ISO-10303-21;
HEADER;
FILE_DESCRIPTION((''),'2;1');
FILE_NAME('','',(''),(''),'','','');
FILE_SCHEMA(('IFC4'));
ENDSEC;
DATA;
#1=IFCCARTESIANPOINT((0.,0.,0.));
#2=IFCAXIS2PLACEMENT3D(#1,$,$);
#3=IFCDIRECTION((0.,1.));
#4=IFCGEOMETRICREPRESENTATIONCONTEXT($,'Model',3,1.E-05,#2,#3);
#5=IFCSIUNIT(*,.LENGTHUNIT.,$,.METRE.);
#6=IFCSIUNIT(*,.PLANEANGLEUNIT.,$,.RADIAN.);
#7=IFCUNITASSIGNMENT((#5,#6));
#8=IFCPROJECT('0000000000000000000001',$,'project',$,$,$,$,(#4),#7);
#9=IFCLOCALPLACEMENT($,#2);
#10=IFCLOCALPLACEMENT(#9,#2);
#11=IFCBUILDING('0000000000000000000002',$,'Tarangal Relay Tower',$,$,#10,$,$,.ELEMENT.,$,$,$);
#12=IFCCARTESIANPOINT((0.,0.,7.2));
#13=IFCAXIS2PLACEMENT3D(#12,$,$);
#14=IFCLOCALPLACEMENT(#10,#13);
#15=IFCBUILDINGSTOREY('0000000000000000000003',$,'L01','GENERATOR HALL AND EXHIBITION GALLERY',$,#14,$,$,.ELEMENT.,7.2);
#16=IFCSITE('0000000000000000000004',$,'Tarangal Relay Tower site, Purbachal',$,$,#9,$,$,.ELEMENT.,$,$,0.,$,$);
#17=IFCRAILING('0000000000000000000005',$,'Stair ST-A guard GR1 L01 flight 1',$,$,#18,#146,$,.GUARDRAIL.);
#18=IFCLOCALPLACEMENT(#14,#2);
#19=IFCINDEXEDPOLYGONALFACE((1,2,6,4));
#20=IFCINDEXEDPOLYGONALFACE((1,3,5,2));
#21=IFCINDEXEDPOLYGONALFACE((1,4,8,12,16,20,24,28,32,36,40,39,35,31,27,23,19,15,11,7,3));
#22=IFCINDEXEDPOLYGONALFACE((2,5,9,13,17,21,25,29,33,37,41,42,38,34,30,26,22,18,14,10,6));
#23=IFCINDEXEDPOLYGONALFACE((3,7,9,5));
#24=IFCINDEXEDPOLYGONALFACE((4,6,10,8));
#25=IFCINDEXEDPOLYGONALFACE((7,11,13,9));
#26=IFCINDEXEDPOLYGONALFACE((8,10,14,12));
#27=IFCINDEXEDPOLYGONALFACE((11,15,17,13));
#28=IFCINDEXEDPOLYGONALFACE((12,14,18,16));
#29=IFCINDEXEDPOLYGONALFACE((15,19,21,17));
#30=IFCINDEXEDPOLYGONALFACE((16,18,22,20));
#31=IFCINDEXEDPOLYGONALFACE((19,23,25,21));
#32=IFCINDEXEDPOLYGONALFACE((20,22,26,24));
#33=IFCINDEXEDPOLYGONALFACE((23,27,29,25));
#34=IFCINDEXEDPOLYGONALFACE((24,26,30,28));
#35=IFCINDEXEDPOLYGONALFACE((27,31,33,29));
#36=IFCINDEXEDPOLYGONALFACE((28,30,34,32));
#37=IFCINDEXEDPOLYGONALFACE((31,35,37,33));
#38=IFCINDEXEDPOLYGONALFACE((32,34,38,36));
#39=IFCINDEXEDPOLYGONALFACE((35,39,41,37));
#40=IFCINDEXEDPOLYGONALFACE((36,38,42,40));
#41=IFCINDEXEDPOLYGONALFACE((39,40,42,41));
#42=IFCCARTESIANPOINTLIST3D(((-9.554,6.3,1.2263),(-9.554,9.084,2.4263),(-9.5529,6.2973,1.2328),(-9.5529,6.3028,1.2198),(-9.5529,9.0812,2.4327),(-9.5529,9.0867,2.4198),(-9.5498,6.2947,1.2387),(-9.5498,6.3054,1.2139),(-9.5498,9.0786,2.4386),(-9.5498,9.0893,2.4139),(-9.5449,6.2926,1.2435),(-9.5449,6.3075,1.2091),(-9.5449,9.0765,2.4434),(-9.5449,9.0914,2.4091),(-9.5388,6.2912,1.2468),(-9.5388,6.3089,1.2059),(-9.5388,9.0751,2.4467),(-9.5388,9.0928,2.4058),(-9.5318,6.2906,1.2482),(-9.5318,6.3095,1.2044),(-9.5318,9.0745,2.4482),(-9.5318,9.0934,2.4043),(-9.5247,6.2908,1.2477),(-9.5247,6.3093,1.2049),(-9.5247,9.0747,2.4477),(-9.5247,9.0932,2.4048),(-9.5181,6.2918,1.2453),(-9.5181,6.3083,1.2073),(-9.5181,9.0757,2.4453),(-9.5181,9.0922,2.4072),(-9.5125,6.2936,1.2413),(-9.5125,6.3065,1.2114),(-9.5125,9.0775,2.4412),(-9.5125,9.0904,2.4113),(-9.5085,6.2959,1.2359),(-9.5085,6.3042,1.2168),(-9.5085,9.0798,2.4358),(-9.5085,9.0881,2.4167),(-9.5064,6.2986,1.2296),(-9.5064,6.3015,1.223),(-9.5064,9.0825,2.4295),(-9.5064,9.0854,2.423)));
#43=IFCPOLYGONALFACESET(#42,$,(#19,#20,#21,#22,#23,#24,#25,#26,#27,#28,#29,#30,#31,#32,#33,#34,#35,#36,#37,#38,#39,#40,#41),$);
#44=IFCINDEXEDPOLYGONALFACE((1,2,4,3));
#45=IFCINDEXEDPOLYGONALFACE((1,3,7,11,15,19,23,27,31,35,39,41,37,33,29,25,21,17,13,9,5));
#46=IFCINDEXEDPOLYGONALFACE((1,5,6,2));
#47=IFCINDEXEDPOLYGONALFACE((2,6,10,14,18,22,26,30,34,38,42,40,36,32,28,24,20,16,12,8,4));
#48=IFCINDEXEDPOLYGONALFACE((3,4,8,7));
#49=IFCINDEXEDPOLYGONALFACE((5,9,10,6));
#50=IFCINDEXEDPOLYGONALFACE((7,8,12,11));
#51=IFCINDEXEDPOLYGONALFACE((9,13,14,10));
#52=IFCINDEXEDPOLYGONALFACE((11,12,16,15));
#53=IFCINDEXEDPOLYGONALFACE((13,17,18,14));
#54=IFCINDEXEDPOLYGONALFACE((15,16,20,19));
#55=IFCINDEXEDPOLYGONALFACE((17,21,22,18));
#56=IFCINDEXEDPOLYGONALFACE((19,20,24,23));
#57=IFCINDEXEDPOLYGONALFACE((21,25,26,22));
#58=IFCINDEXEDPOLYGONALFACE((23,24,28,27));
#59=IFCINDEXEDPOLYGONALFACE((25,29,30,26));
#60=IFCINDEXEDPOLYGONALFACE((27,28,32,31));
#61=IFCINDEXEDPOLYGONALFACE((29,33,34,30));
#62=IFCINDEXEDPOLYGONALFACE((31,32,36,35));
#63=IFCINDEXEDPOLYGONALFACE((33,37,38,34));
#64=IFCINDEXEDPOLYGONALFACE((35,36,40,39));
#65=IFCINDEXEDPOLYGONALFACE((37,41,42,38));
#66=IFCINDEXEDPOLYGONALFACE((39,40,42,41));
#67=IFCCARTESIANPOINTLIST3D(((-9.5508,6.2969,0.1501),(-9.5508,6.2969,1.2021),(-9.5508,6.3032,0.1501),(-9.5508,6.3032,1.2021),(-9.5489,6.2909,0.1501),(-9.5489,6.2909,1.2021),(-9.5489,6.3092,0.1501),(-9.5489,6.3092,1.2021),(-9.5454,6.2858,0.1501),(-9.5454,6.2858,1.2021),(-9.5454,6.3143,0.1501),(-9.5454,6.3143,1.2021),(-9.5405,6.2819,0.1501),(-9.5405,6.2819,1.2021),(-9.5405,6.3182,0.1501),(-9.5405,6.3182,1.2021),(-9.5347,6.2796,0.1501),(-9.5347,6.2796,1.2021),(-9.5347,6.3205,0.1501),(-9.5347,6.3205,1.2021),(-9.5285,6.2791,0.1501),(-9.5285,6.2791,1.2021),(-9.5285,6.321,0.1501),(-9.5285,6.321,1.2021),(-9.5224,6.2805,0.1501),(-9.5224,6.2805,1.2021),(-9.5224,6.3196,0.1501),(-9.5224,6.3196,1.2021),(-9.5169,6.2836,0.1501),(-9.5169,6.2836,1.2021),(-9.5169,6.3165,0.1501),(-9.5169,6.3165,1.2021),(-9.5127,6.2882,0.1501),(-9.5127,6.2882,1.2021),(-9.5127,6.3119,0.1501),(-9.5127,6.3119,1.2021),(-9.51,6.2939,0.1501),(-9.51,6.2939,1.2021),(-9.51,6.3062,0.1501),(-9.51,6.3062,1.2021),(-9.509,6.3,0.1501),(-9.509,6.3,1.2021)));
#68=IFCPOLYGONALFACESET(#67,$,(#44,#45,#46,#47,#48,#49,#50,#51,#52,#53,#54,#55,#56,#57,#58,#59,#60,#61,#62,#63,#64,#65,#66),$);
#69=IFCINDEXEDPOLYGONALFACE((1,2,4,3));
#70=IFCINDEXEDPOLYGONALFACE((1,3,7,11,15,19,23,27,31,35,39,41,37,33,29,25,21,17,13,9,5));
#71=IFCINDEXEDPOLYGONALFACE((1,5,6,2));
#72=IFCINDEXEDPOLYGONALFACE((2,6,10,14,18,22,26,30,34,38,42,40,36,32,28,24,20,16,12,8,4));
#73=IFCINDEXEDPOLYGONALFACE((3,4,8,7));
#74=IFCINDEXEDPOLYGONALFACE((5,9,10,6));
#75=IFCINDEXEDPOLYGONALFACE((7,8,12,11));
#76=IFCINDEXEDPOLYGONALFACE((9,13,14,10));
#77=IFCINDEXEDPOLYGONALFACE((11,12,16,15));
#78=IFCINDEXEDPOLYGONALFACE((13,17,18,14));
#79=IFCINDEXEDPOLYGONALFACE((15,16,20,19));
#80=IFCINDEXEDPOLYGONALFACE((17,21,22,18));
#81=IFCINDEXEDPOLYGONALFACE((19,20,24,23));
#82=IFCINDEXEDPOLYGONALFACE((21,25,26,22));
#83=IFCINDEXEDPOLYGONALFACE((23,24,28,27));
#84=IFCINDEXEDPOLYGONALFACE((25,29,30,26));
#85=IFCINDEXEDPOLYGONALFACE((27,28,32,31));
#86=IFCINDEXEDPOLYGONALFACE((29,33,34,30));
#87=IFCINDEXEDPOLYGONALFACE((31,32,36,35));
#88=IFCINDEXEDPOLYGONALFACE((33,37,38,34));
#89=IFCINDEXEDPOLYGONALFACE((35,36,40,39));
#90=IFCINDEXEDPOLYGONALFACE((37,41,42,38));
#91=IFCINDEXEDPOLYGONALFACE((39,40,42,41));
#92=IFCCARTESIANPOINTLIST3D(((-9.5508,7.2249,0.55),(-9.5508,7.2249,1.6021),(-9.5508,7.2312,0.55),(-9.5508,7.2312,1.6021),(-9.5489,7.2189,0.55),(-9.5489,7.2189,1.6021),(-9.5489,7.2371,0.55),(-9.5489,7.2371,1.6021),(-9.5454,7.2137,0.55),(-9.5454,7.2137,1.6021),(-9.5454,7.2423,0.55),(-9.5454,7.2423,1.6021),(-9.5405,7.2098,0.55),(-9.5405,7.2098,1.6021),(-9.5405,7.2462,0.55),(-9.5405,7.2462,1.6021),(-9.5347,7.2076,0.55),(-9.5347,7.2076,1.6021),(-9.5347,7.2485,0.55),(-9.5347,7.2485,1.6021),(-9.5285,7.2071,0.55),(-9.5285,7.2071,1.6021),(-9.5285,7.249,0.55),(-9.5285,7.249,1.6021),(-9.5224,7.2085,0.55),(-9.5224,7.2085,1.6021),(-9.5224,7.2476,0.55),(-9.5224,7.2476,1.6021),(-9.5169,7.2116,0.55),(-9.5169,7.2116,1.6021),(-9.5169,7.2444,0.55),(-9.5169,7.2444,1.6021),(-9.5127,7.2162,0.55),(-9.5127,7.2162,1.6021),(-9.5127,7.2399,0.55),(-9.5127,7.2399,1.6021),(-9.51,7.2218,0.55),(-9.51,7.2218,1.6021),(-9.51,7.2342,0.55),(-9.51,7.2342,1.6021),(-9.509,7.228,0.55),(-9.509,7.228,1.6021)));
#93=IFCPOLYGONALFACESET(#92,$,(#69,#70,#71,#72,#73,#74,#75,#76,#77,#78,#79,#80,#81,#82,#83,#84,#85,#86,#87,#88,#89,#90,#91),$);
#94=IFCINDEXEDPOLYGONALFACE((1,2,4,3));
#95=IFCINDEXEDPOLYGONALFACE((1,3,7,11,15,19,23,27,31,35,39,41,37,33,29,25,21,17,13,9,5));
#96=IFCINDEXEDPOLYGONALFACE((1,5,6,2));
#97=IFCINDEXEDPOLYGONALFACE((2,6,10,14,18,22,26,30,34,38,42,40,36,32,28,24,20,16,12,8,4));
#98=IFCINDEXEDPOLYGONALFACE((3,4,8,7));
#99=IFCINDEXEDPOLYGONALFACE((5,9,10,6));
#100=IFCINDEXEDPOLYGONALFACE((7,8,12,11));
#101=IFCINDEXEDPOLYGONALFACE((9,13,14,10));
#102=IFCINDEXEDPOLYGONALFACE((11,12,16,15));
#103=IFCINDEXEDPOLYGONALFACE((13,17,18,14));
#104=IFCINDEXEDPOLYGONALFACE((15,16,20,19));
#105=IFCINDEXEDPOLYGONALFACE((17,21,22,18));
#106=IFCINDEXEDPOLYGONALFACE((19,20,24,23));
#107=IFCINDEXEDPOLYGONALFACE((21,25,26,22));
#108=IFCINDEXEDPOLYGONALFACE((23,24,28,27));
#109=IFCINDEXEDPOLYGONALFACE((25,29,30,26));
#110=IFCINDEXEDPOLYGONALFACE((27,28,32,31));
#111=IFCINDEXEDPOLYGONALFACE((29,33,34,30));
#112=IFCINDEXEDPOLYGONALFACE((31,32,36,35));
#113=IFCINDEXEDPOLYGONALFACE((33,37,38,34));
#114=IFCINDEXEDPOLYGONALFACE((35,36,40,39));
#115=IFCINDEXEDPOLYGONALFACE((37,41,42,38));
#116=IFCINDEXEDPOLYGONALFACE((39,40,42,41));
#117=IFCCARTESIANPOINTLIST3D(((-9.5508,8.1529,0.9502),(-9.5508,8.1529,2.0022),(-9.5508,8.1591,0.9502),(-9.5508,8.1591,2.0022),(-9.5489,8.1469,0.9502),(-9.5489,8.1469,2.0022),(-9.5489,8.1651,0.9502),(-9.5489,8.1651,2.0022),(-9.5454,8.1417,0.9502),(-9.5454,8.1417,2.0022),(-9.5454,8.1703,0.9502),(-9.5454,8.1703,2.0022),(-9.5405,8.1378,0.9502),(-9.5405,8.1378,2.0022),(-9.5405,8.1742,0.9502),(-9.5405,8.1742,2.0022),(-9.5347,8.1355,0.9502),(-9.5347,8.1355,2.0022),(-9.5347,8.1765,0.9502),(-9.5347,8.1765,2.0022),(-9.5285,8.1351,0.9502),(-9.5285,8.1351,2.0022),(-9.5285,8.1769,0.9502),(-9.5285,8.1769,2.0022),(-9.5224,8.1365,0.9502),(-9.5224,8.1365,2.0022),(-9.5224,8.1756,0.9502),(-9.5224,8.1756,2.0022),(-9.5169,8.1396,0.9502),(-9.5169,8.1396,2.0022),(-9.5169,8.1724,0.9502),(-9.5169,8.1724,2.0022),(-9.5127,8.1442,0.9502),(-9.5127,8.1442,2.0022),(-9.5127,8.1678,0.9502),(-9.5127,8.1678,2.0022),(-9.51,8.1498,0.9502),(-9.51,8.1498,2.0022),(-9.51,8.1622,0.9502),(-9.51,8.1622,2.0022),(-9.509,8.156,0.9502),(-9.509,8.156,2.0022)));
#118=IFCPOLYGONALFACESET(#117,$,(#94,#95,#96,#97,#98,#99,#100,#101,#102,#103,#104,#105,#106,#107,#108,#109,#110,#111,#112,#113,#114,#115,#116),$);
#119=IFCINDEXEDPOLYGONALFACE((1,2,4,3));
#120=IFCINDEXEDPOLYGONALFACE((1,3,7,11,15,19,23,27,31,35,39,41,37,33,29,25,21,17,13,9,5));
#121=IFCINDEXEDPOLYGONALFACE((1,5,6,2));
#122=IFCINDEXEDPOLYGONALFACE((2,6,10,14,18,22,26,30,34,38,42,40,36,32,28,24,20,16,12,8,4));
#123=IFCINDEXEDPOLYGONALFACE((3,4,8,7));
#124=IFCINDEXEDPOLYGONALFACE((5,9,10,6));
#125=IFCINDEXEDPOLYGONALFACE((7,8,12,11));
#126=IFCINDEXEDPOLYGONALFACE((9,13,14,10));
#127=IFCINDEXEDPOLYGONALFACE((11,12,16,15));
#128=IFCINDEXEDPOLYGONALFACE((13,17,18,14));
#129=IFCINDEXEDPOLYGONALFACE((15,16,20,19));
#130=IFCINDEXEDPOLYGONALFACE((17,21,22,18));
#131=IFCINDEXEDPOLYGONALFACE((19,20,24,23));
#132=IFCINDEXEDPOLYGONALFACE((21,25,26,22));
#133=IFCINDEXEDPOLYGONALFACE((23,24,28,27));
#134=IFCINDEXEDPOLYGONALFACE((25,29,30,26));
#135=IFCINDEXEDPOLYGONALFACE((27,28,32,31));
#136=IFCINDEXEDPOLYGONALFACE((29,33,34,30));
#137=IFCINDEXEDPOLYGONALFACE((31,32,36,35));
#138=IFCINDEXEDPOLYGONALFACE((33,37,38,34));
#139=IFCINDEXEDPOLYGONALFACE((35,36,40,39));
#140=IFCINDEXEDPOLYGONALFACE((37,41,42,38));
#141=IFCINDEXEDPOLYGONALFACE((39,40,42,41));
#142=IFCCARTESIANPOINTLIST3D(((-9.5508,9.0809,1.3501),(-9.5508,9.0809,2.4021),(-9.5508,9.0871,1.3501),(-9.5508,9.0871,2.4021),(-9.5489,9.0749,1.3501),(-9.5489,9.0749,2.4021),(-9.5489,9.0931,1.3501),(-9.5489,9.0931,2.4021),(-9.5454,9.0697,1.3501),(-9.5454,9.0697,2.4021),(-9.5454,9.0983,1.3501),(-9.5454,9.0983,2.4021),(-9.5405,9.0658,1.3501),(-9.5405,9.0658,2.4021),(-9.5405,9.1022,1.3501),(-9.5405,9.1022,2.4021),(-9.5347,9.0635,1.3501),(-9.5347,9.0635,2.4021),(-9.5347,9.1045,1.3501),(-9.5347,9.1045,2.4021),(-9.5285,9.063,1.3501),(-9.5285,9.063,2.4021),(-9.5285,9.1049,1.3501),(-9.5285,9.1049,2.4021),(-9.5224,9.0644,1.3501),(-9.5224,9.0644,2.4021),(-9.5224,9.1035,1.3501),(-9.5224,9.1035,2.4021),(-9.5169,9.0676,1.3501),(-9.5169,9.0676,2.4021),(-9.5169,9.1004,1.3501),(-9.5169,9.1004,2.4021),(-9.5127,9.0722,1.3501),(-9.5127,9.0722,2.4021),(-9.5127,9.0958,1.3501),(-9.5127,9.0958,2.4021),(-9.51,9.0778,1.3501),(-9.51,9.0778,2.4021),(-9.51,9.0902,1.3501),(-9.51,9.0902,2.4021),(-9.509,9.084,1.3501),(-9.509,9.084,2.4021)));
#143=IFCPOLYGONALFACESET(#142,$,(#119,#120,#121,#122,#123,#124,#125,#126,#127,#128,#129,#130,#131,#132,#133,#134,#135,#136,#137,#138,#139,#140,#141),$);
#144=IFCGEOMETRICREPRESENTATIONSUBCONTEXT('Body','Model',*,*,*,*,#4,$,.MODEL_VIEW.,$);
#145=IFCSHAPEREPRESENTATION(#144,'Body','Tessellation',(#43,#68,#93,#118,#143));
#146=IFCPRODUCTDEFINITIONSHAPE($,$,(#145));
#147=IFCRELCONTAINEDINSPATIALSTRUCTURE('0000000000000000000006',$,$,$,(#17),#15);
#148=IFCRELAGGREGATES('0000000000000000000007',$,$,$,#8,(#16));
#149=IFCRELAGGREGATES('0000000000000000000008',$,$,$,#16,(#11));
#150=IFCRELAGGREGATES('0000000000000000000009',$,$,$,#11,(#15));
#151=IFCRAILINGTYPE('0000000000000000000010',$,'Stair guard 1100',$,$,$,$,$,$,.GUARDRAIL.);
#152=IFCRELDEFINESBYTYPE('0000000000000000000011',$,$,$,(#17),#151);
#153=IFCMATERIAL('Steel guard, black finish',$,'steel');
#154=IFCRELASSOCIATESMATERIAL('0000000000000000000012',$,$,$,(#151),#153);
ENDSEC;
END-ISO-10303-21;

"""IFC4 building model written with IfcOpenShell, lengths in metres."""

from ifc_helpers import new_model, si_unit, direction, frame, origin, origin_2d, place, context, subcontext, project, spatial, circle, extrude, material, type_object, element, save


model = new_model("IFC4")

# Units and contexts
model_context = context("Model", 3, precision=1e-05, world=origin(), true_north=direction((0.0, 1.0)))
body_context = subcontext(model_context, "Body", "Model", "MODEL_VIEW")
ifc_project = project(units=[si_unit("LENGTHUNIT", "METRE"), si_unit("PLANEANGLEUNIT", "RADIAN")], contexts=[model_context])

# Site, building, storey
site_placement = place(None, origin())
site = spatial("IfcSite", under=ifc_project, at=site_placement, Name="Tarangal Relay Tower site, Purbachal", CompositionType="ELEMENT", RefElevation=0.0)
building_placement = place(site_placement, origin())
building = spatial("IfcBuilding", under=site, at=building_placement, Name="Tarangal Relay Tower", CompositionType="ELEMENT")
storey_placement = place(building_placement, frame((0.0, 0.0, 7.2)))
storey = spatial("IfcBuildingStorey", under=building, at=storey_placement, Name="L01", Description="GENERATOR HALL AND EXHIBITION GALLERY", CompositionType="ELEMENT", Elevation=7.2)

# Railing
ifc_material_1 = material(Name="Steel guard, black finish", Category="steel")
railing_type_1 = type_object("IfcRailingType", Name="Stair guard 1100", PredefinedType="GUARDRAIL", material=ifc_material_1)
for number, where, name in (
    (1, (-9.53, 6.3, 0.1501), "Stair ST-A guard GR1 L01 flight 1"),
):
    element("IfcRailing", number, at=place(storey_placement, frame(where)), inside=storey, type_object=railing_type_1, Name=name, PredefinedType="GUARDRAIL", context=body_context, shape_type="SweptSolid", body=[
        extrude(circle(Radius=0.0239, at=origin_2d()), frame((0.0, 0.0, 1.0762), z_axis=(0.0, 0.918327, 0.395823), x_axis=(-1.0, 0.0, 0.0)), (0.0, 0.0, 1.0), 3.0315),
        extrude(circle(Radius=0.021, at=origin_2d()), origin(), (0.0, 0.0, 1.0), 1.052),
        extrude(circle(Radius=0.021, at=origin_2d()), frame((0.0, 0.928, 0.3999)), (0.0, 0.0, 1.0), 1.052),
        extrude(circle(Radius=0.021, at=origin_2d()), frame((0.0, 1.856, 0.8)), (0.0, 0.0, 1.0), 1.052),
        extrude(circle(Radius=0.021, at=origin_2d()), frame((0.0, 2.7839, 1.2)), (0.0, 0.0, 1.0), 1.052),
    ])

save(model, "model.ifc")
